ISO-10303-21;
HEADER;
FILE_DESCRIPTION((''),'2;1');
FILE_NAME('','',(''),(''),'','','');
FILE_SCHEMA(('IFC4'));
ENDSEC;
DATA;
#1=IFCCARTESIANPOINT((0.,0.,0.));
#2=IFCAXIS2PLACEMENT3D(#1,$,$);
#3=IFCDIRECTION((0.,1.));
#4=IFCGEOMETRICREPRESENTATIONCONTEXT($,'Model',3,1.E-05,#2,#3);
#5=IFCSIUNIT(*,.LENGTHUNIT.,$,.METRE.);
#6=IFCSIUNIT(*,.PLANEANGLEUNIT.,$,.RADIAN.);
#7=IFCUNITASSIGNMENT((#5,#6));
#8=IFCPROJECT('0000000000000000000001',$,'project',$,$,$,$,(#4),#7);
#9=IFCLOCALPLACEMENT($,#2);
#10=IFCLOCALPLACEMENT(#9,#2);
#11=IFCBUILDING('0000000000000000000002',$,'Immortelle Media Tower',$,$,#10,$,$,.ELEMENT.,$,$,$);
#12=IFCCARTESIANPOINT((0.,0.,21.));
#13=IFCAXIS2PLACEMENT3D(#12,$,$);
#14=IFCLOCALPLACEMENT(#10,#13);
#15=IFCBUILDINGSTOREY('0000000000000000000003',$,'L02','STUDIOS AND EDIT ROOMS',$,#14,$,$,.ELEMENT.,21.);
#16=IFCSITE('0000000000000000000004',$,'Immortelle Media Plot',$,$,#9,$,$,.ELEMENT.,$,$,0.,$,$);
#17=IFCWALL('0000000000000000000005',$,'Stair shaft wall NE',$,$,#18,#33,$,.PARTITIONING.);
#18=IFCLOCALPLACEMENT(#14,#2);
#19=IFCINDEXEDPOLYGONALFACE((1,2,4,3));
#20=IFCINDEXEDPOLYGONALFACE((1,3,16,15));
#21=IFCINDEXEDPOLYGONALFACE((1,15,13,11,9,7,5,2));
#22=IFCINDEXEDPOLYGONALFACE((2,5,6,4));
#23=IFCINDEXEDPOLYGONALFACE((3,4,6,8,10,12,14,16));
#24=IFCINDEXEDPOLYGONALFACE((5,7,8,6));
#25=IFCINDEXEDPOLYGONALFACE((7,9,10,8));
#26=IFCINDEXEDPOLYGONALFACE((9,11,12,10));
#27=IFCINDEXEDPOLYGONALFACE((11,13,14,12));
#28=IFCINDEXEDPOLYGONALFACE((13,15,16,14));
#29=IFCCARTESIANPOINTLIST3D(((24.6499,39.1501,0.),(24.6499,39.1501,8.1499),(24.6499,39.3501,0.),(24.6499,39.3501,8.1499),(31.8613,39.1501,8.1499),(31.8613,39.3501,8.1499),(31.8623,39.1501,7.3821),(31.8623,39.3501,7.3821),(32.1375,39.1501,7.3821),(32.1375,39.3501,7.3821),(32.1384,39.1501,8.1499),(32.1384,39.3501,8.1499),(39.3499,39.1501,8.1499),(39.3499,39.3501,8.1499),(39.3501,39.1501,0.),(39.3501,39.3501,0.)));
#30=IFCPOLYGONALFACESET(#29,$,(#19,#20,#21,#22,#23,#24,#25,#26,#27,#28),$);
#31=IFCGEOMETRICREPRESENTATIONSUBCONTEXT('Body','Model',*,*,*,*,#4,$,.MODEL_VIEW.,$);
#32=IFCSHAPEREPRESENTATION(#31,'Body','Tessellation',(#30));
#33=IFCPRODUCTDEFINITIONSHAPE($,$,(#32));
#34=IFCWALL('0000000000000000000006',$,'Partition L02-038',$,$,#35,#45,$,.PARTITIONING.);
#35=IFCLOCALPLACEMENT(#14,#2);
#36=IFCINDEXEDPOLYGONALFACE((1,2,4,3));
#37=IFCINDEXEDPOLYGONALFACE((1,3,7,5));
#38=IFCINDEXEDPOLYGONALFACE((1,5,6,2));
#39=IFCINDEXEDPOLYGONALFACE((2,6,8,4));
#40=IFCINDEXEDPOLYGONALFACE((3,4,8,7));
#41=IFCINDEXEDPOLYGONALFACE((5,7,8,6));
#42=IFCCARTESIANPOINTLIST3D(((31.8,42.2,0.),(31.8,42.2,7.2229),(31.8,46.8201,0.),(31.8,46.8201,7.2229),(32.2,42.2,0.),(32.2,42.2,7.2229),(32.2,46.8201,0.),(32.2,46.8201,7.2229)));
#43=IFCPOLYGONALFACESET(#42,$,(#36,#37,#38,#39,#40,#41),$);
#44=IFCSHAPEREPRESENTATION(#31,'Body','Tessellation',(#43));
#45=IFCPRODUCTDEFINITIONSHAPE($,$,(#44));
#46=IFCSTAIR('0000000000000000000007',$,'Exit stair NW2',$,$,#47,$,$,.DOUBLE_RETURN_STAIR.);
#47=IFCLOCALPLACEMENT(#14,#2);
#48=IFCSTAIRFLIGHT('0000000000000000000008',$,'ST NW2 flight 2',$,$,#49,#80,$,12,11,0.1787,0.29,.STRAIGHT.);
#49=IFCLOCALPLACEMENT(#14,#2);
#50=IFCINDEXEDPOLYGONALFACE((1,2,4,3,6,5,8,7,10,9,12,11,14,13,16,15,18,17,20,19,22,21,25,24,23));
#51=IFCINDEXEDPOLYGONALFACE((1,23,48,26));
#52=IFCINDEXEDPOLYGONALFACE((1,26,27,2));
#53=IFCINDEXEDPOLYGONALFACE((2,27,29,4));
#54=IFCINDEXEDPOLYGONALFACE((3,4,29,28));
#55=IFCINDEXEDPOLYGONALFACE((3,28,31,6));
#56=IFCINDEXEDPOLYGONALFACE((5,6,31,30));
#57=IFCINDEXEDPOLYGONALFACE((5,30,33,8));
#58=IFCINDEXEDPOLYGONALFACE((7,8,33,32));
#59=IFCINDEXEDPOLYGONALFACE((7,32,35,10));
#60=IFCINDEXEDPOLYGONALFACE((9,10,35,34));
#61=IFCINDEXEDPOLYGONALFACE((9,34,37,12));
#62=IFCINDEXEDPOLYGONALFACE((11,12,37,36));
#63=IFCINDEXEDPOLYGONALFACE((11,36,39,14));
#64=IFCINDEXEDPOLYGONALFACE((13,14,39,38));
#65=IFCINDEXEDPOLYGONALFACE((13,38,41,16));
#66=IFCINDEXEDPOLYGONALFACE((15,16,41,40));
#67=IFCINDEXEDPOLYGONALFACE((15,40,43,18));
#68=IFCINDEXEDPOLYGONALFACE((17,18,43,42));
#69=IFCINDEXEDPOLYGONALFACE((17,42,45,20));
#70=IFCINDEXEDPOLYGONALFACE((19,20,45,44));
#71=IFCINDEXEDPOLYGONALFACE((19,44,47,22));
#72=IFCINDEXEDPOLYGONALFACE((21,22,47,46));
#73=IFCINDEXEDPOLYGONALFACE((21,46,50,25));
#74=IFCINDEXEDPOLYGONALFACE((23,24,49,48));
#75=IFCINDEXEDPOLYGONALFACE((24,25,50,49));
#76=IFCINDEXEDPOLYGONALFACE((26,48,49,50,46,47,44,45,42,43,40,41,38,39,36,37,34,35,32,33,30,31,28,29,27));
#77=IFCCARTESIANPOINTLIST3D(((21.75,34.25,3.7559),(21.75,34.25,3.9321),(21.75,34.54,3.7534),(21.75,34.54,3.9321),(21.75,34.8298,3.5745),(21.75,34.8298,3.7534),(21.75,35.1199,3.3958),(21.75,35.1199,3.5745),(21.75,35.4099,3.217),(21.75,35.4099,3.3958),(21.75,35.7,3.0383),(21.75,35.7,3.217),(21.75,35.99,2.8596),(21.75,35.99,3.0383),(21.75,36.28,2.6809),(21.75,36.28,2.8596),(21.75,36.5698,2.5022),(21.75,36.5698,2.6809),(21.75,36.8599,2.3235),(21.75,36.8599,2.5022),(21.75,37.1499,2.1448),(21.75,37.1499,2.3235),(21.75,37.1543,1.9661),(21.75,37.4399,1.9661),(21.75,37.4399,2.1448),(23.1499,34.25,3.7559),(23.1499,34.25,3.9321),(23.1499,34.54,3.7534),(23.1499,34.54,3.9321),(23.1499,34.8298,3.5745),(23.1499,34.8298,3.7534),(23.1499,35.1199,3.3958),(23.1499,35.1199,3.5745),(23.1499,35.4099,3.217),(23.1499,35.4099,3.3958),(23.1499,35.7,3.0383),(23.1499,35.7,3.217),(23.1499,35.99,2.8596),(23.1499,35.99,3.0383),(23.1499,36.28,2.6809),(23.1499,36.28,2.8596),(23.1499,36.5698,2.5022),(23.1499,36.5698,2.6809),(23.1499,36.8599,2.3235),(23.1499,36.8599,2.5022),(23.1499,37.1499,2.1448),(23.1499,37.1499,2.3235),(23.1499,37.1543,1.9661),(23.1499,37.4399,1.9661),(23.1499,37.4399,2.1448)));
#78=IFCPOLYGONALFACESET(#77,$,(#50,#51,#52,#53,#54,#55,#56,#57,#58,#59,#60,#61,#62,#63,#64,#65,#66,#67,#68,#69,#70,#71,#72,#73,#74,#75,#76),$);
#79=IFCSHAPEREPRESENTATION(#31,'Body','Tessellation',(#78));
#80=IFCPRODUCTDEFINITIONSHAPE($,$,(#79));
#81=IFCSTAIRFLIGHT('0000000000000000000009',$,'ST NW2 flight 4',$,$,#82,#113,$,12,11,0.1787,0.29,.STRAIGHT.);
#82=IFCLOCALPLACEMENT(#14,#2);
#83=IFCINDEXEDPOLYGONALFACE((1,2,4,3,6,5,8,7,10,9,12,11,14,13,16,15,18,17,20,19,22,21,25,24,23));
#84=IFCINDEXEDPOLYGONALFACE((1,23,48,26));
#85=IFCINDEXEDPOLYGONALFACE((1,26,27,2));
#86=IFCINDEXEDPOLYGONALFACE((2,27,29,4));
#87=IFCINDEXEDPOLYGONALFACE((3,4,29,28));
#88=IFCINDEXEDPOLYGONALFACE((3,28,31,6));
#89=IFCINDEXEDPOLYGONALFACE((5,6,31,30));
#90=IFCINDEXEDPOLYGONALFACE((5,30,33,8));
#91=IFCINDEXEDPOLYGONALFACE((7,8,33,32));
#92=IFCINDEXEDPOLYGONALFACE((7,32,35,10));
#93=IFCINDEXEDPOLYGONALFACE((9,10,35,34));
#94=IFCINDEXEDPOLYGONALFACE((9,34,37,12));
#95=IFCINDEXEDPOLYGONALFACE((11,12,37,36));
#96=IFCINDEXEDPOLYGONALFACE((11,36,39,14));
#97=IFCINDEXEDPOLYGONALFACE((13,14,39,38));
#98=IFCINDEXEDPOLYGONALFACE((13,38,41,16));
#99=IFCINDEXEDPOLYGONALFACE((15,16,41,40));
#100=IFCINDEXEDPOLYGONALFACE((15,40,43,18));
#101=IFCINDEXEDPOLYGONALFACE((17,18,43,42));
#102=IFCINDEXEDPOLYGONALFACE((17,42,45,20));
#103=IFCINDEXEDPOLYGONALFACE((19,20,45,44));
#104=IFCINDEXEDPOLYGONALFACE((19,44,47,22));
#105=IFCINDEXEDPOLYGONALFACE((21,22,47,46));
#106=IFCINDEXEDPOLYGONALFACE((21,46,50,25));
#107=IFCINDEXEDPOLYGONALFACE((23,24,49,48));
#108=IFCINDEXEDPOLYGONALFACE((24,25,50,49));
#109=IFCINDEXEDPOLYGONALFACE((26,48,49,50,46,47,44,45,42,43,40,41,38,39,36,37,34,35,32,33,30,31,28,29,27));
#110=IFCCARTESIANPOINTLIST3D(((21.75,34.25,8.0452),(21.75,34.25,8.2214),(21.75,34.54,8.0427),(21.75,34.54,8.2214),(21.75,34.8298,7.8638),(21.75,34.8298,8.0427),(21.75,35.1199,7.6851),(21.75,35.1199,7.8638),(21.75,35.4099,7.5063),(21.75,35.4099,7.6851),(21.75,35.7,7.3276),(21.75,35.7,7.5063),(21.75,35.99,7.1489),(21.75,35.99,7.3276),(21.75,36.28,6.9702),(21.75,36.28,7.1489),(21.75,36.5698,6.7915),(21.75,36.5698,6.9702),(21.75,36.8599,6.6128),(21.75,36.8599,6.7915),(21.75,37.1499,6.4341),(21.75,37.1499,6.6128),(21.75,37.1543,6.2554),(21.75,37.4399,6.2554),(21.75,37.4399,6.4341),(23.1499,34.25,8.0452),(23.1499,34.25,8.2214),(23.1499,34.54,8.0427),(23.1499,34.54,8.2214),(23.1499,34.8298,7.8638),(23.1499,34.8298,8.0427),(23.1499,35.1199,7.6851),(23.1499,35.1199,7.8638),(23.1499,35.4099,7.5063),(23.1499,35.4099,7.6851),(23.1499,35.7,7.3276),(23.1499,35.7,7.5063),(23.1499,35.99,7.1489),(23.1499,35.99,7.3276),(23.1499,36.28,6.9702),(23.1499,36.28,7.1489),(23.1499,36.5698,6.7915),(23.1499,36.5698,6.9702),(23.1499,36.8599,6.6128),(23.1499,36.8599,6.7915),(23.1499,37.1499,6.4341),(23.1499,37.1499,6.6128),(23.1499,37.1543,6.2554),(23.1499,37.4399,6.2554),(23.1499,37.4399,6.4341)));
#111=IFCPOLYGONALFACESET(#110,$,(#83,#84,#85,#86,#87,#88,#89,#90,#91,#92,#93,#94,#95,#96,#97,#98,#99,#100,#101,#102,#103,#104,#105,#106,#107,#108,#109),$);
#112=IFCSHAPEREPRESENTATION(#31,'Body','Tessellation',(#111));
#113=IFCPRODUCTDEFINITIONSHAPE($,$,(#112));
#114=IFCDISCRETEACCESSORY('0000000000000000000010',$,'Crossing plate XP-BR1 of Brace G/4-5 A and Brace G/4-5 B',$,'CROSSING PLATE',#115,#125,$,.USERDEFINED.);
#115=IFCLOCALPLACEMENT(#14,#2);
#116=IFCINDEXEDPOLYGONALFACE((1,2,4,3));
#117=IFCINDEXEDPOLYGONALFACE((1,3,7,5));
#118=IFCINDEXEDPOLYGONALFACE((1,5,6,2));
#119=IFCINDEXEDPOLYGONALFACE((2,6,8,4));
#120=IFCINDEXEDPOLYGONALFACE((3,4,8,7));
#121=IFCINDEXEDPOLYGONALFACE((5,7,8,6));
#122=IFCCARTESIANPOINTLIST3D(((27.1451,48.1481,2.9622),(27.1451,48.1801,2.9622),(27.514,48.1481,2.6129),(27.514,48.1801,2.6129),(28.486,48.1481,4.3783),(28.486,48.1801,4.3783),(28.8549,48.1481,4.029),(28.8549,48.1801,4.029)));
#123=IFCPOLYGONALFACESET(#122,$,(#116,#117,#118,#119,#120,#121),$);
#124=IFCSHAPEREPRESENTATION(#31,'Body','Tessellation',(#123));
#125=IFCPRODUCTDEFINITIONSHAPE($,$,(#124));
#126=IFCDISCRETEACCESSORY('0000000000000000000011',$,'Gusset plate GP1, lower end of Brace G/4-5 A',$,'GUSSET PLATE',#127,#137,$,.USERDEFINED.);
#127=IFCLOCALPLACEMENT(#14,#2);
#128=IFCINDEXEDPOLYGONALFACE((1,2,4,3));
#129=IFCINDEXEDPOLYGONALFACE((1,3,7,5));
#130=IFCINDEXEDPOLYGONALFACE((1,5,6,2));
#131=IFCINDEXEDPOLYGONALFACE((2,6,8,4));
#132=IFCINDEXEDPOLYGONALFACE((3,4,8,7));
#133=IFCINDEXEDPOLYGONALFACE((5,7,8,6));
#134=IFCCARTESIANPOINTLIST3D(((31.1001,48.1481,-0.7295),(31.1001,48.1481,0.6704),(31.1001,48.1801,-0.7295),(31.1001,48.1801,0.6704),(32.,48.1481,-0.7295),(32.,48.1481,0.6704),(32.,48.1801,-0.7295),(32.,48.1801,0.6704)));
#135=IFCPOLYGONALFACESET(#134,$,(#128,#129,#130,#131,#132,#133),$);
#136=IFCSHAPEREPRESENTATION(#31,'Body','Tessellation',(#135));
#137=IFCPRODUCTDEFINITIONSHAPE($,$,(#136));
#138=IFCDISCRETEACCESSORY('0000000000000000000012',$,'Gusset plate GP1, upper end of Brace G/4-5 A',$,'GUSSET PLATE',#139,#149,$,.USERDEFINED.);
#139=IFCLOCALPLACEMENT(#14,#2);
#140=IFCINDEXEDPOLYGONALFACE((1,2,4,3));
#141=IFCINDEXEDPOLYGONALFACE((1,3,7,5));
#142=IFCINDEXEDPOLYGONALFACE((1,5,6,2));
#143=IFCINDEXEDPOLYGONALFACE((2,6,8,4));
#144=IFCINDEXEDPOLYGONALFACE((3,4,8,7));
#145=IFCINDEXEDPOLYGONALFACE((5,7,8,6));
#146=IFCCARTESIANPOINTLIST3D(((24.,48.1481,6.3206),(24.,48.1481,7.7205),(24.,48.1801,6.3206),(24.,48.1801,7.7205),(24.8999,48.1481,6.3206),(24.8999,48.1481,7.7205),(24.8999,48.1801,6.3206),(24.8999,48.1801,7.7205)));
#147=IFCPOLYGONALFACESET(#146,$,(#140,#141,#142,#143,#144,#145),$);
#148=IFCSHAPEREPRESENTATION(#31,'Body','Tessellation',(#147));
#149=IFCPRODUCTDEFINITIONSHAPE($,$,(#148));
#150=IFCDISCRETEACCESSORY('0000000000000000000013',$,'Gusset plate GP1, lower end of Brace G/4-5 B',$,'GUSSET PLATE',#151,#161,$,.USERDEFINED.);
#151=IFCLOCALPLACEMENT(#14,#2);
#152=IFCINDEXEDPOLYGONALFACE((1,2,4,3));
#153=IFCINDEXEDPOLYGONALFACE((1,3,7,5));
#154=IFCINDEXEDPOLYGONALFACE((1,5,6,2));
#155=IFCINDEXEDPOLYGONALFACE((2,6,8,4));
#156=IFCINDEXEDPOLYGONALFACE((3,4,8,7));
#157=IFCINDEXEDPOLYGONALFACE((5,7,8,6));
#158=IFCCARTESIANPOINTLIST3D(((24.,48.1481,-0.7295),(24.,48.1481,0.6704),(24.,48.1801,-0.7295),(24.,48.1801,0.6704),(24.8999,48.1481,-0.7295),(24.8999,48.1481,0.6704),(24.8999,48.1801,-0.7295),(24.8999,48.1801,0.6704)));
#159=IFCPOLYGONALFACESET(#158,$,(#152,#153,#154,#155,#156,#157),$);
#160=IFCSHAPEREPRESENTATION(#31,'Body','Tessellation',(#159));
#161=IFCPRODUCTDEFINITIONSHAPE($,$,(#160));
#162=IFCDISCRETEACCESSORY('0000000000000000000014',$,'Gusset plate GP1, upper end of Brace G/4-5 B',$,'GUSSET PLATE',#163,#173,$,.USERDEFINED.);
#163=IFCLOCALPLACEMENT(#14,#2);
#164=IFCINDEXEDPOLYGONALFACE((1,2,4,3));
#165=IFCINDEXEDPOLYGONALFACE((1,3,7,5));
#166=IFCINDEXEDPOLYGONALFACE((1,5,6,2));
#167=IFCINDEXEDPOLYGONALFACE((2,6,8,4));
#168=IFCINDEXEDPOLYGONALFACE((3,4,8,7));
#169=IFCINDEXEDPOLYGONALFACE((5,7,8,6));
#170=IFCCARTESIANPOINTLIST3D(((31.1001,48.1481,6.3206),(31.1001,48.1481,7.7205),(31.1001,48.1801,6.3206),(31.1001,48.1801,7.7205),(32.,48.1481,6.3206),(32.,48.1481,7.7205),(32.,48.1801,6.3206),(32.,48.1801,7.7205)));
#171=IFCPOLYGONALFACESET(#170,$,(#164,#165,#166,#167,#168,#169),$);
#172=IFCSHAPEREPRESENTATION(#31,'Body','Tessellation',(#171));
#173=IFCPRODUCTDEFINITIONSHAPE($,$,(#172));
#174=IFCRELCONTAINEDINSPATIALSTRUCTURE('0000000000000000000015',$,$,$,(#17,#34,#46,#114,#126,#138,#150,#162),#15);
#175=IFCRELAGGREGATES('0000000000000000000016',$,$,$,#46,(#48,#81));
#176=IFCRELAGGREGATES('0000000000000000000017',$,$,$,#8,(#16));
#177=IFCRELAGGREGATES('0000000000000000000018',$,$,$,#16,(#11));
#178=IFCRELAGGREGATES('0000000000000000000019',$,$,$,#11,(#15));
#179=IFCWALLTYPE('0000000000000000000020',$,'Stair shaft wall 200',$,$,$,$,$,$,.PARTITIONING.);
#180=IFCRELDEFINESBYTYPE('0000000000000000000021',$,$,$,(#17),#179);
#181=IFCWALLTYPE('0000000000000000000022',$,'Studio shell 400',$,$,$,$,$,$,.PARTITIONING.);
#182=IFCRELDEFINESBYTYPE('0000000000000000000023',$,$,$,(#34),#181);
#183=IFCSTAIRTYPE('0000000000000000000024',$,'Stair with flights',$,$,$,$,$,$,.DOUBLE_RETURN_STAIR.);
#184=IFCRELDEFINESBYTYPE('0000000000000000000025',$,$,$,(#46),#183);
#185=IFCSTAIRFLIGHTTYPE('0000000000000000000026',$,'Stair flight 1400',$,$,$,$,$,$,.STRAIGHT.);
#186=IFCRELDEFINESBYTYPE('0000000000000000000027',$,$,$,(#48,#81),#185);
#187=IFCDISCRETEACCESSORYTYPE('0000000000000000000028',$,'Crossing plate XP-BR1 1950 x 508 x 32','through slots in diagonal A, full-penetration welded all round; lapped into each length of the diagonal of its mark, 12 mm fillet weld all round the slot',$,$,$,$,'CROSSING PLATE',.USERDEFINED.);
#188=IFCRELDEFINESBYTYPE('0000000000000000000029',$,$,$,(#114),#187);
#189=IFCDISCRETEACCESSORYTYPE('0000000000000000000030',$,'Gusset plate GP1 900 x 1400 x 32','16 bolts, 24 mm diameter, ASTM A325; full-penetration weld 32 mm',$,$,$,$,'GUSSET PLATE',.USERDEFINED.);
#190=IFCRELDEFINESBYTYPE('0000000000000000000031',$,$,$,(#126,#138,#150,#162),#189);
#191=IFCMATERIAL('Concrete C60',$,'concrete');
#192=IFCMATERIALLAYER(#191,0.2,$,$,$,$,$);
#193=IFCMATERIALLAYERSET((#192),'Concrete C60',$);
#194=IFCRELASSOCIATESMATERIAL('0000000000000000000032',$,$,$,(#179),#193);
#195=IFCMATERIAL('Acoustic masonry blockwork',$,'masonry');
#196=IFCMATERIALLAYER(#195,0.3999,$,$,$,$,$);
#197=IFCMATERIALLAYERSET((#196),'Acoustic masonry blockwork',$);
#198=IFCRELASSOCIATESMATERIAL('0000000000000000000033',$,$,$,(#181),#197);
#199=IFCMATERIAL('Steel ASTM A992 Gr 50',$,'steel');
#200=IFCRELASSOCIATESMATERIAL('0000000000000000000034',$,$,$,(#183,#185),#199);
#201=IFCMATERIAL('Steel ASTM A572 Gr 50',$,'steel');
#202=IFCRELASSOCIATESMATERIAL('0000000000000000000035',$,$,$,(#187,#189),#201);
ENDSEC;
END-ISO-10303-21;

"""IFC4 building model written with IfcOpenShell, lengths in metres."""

from ifc_helpers import new_model, si_unit, direction, frame, frame_2d, origin, origin_2d, place, context, subcontext, project, spatial, polyline, rectangle, outline, extrude, material, layer, layer_set, material_profile, profile_set, type_object, element, aggregate, save


model = new_model("IFC4")

# Units and contexts
model_context = context("Model", 3, precision=1e-05, world=origin(), true_north=direction((0.0, 1.0)))
body_context = subcontext(model_context, "Body", "Model", "MODEL_VIEW")
ifc_project = project(units=[si_unit("LENGTHUNIT", "METRE"), si_unit("PLANEANGLEUNIT", "RADIAN")], contexts=[model_context])

# Site, building, storey
site_placement = place(None, origin())
site = spatial("IfcSite", under=ifc_project, at=site_placement, Name="Immortelle Media Plot", CompositionType="ELEMENT", RefElevation=0.0)
building_placement = place(site_placement, origin())
building = spatial("IfcBuilding", under=site, at=building_placement, Name="Immortelle Media Tower", CompositionType="ELEMENT")
storey_placement = place(building_placement, frame((0.0, 0.0, 21.0)))
storey = spatial("IfcBuildingStorey", under=building, at=storey_placement, Name="L02", Description="STUDIOS AND EDIT ROOMS", CompositionType="ELEMENT", Elevation=21.0)

# Shared definitions
ifc_material_1 = material(Name="Steel ASTM A992 Gr 50", Category="steel")

# Walls
ifc_material_2 = material(Name="Concrete C60", Category="concrete")
ifc_layer_1 = layer(ifc_material_2, 0.2)
ifc_layer_set_1 = layer_set([ifc_layer_1], Name="Concrete C60")
wall_type_1 = type_object("IfcWallType", Name="Stair shaft wall 200", PredefinedType="PARTITIONING", material=ifc_layer_set_1)
wall_1_placement = place(storey_placement, frame((24.6499, 39.25, 0.0), z_axis=(0.0, 0.0, 1.0), x_axis=(1.0, 0.0, 0.0)))
element("IfcWall", 1, at=wall_1_placement, inside=storey, type_object=wall_type_1, Name="Stair shaft wall NE", PredefinedType="PARTITIONING", context=body_context, shape_type="SweptSolid", body=[
    extrude(outline(polyline([(0.0, 0.0), (14.7002, 0.0), (14.7, 8.1499), (7.4885, 8.1499), (7.4875, 7.3821), (7.2124, 7.3821), (7.2114, 8.1499), (0.0, 8.1499), (0.0, 0.0)])), frame((0.0, 0.1001, 0.0), z_axis=(0.0, -1.0, 0.0), x_axis=(1.0, 0.0, 0.0)), (0.0, 0.0, 1.0), 0.2),
])
ifc_material_3 = material(Name="Acoustic masonry blockwork", Category="masonry")
ifc_layer_2 = layer(ifc_material_3, 0.3999)
ifc_layer_set_2 = layer_set([ifc_layer_2], Name="Acoustic masonry blockwork")
wall_type_2 = type_object("IfcWallType", Name="Studio shell 400", PredefinedType="PARTITIONING", material=ifc_layer_set_2)
wall_2_placement = place(storey_placement, frame((32.0, 42.2, 0.0), z_axis=(0.0, 0.0, 1.0), x_axis=(0.0, 1.0, 0.0)))
element("IfcWall", 2, at=wall_2_placement, inside=storey, type_object=wall_type_2, Name="Partition L02-038", PredefinedType="PARTITIONING", context=body_context, shape_type="SweptSolid", body=[
    extrude(rectangle(XDim=4.6201, YDim=0.3999, at=frame_2d((2.3101, 0.0))), origin(), (0.0, 0.0, 1.0), 7.2229),
])

# Stair, stair flights
stair_type = type_object("IfcStairType", Name="Stair with flights", PredefinedType="DOUBLE_RETURN_STAIR", material=ifc_material_1)
stair_placement = place(storey_placement, origin())
stair = element("IfcStair", 3, at=stair_placement, inside=storey, type_object=stair_type, Name="Exit stair NW2", PredefinedType="DOUBLE_RETURN_STAIR")
stair_flight_type = type_object("IfcStairFlightType", Name="Stair flight 1400", PredefinedType="STRAIGHT", material=ifc_material_1)
stair_flight_1_placement = place(storey_placement, frame((22.45, 37.4399, 1.9661), z_axis=(0.0, 0.0, 1.0), x_axis=(0.0, -1.0, 0.0)))
stair_flight_1 = element("IfcStairFlight", 4, at=stair_flight_1_placement, type_object=stair_flight_type, Name="ST NW2 flight 2", NumberOfRisers=12, NumberOfTreads=11, PredefinedType="STRAIGHT", RiserHeight=0.1787, TreadLength=0.29, context=body_context, shape_type="SweptSolid", body=[
    extrude(outline(polyline([(0.0, 0.0), (0.0, 0.1787), (0.29, 0.1787), (0.29, 0.3574), (0.5801, 0.3574), (0.5801, 0.5361), (0.8701, 0.5361), (0.8701, 0.7148), (1.1599, 0.7148), (1.1599, 0.8936), (1.45, 0.8936), (1.45, 1.0723), (1.74, 1.0723), (1.74, 1.251), (2.03, 1.251), (2.03, 1.4297), (2.3201, 1.4297), (2.3201, 1.6084), (2.6101, 1.6084), (2.6101, 1.7874), (2.8999, 1.7874), (2.8999, 1.9661), (3.1899, 1.9661), (3.1899, 2.1448), (3.1899, 1.7898), (0.2856, 0.0), (0.0, 0.0)])), frame((0.0, 0.7, 0.0), z_axis=(0.0, -1.0, 0.0), x_axis=(1.0, 0.0, 0.0)), (0.0, 0.0, 1.0), 1.3999),
])
stair_flight_2_placement = place(storey_placement, frame((22.45, 37.4399, 6.2554), z_axis=(0.0, 0.0, 1.0), x_axis=(0.0, -1.0, 0.0)))
stair_flight_2 = element("IfcStairFlight", 5, at=stair_flight_2_placement, type_object=stair_flight_type, Name="ST NW2 flight 4", NumberOfRisers=12, NumberOfTreads=11, PredefinedType="STRAIGHT", RiserHeight=0.1787, TreadLength=0.29, context=body_context, shape_type="SweptSolid", body=[
    extrude(outline(polyline([(0.0, 0.0), (0.0, 0.1787), (0.29, 0.1787), (0.29, 0.3574), (0.5801, 0.3574), (0.5801, 0.5361), (0.8701, 0.5361), (0.8701, 0.7148), (1.1599, 0.7148), (1.1599, 0.8936), (1.45, 0.8936), (1.45, 1.0723), (1.74, 1.0723), (1.74, 1.251), (2.03, 1.251), (2.03, 1.4297), (2.3201, 1.4297), (2.3201, 1.6084), (2.6101, 1.6084), (2.6101, 1.7874), (2.8999, 1.7874), (2.8999, 1.9661), (3.1899, 1.9661), (3.1899, 2.1448), (3.1899, 1.7898), (0.2856, 0.0), (0.0, 0.0)])), frame((0.0, 0.7, 0.0), z_axis=(0.0, -1.0, 0.0), x_axis=(1.0, 0.0, 0.0)), (0.0, 0.0, 1.0), 1.3999),
])
aggregate(stair, [stair_flight_1, stair_flight_2])

# Discrete accessories
ifc_material_4 = material(Name="Steel ASTM A572 Gr 50", Category="steel")
ifc_material_profile_1 = material_profile(ifc_material_4, rectangle(XDim=0.032, YDim=0.5081, at=origin_2d()), Name="PL 32 x 508")
ifc_profile_set_1 = profile_set([ifc_material_profile_1], Name="Steel ASTM A572 Gr 50")
discrete_accessory_type_1 = type_object("IfcDiscreteAccessoryType", Name="Crossing plate XP-BR1 1950 x 508 x 32", Description="through slots in diagonal A, full-penetration welded all round; lapped into each length of the diagonal of its mark, 12 mm fillet weld all round the slot", ElementType="CROSSING PLATE", PredefinedType="USERDEFINED", material=ifc_profile_set_1)
discrete_accessory_placement = place(storey_placement, frame((28.6704, 48.1641, 4.2036), z_axis=(-0.687564, 0.0, -0.726124), x_axis=(0.0, -1.0, 0.0)))
element("IfcDiscreteAccessory", 6, at=discrete_accessory_placement, inside=storey, type_object=discrete_accessory_type_1, Name="Crossing plate XP-BR1 of Brace G/4-5 A and Brace G/4-5 B", ObjectType="CROSSING PLATE", PredefinedType="USERDEFINED", context=body_context, shape_type="SweptSolid", body=[
    extrude(rectangle(XDim=0.032, YDim=0.5081, at=origin_2d()), origin(), (0.0, 0.0, 1.0), 1.9502),
])
ifc_material_profile_2 = material_profile(ifc_material_4, rectangle(XDim=0.032, YDim=1.3999, at=origin_2d()), Name="PL 32 x 1400")
ifc_profile_set_2 = profile_set([ifc_material_profile_2], Name="Steel ASTM A572 Gr 50")
discrete_accessory_type_2 = type_object("IfcDiscreteAccessoryType", Name="Gusset plate GP1 900 x 1400 x 32", Description="16 bolts, 24 mm diameter, ASTM A325; full-penetration weld 32 mm", ElementType="GUSSET PLATE", PredefinedType="USERDEFINED", material=ifc_profile_set_2)
for number, where, z_axis, x_axis, name in (
    (7, (32.0, 48.1641, -0.0295), (-1.0, 0.0, 0.0), (0.0, -1.0, 0.0), "Gusset plate GP1, lower end of Brace G/4-5 A"),
    (8, (24.0, 48.1641, 7.0205), (1.0, 0.0, 0.0), (0.0, 1.0, 0.0), "Gusset plate GP1, upper end of Brace G/4-5 A"),
    (9, (24.0, 48.1641, -0.0295), (1.0, 0.0, 0.0), (0.0, 1.0, 0.0), "Gusset plate GP1, lower end of Brace G/4-5 B"),
    (10, (32.0, 48.1641, 7.0205), (-1.0, 0.0, 0.0), (0.0, -1.0, 0.0), "Gusset plate GP1, upper end of Brace G/4-5 B"),
):
    element("IfcDiscreteAccessory", number, at=place(storey_placement, frame(where, z_axis=z_axis, x_axis=x_axis)), inside=storey, type_object=discrete_accessory_type_2, Name=name, ObjectType="GUSSET PLATE", PredefinedType="USERDEFINED", context=body_context, shape_type="SweptSolid", body=[
        extrude(rectangle(XDim=0.032, YDim=1.3999, at=origin_2d()), origin(), (0.0, 0.0, 1.0), 0.8999),
    ])

save(model, "model.ifc")
